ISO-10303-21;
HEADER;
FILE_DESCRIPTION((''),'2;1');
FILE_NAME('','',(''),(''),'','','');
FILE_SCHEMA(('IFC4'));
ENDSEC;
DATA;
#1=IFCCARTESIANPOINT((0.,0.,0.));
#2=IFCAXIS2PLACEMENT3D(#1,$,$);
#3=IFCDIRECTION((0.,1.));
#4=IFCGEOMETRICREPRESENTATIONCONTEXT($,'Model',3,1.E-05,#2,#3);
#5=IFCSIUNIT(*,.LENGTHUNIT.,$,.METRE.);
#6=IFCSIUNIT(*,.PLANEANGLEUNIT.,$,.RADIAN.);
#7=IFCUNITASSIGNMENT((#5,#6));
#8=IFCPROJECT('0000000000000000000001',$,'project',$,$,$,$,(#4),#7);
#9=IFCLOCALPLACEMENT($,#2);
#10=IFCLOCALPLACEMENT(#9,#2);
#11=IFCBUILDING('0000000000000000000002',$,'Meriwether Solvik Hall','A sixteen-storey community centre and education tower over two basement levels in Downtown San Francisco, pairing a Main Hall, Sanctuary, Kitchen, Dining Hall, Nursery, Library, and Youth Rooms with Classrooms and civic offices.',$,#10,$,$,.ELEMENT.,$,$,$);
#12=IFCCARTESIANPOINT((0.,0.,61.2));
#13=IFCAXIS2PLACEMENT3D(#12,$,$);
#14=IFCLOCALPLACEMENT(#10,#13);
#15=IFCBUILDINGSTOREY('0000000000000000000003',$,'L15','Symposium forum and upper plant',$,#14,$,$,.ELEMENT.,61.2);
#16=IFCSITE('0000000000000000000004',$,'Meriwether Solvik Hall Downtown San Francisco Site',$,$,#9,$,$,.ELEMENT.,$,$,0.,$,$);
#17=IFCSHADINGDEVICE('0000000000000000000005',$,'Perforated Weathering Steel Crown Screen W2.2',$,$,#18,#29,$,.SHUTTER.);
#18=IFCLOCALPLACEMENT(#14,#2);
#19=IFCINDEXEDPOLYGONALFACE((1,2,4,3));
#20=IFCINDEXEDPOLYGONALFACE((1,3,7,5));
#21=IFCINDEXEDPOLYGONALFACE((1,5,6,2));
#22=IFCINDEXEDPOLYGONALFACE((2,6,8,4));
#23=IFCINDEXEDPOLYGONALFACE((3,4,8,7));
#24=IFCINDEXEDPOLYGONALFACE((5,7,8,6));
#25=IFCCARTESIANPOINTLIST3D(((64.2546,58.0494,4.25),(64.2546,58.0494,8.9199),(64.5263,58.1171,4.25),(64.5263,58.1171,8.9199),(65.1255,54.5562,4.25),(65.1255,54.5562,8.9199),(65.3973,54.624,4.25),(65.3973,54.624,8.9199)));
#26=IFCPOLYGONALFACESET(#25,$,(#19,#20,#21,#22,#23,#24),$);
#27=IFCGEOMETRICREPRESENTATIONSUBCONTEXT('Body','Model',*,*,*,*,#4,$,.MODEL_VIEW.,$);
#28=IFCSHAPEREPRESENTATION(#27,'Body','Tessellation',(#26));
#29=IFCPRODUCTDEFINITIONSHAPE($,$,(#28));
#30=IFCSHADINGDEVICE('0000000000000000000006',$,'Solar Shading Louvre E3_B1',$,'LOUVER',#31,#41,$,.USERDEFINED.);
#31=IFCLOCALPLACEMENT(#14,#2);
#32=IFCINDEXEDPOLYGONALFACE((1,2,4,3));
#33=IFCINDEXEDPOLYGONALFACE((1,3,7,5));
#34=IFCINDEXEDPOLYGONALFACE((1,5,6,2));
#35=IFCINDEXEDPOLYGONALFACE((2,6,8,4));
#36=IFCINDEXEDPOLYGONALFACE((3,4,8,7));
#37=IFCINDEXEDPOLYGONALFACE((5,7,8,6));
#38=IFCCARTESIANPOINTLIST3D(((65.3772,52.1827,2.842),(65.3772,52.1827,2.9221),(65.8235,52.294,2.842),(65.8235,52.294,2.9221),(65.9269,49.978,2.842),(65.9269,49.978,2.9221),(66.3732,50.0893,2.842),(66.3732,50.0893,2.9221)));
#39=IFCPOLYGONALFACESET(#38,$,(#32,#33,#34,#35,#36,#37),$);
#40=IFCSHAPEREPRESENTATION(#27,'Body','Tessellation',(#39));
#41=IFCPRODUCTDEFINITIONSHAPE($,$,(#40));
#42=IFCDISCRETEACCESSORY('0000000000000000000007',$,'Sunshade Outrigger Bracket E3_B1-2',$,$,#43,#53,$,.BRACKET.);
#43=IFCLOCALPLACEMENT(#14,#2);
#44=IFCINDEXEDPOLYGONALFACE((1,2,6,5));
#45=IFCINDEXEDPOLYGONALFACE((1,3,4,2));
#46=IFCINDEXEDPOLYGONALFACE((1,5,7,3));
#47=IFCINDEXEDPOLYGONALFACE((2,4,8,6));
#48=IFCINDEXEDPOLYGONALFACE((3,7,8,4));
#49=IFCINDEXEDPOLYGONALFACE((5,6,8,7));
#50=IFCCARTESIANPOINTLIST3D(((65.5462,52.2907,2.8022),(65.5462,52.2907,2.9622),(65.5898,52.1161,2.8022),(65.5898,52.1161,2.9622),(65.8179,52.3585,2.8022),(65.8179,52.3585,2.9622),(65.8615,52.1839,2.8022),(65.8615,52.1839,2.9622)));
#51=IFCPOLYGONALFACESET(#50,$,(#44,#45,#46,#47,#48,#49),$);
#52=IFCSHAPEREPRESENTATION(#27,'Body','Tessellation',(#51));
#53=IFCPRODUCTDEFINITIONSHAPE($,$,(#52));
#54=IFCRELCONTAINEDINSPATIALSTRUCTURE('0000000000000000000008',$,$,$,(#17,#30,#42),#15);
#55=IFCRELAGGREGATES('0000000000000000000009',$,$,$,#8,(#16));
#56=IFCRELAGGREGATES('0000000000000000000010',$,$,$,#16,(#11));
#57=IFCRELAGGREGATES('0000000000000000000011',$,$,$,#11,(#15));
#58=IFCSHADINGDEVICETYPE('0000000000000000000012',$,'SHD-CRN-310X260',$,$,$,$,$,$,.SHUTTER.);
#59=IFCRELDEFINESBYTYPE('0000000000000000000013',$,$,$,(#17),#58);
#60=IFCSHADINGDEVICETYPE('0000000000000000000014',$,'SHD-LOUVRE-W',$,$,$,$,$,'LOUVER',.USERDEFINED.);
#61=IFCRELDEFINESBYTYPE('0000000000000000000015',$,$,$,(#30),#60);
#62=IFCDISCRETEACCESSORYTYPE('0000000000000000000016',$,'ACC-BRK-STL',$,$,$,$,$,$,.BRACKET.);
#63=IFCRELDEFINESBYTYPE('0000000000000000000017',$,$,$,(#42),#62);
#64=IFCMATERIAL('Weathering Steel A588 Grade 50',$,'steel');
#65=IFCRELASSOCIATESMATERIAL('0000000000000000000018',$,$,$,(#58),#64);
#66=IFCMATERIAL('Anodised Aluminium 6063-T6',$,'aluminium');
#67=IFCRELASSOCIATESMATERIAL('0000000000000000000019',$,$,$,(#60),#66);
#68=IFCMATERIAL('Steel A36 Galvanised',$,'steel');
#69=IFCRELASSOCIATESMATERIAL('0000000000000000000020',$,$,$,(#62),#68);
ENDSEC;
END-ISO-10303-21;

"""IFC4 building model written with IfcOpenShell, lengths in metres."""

from ifc_helpers import new_model, si_unit, direction, frame, origin, origin_2d, place, context, subcontext, project, spatial, rectangle, extrude, material, type_object, element, save


model = new_model("IFC4")

# Units and contexts
model_context = context("Model", 3, precision=1e-05, world=origin(), true_north=direction((0.0, 1.0)))
body_context = subcontext(model_context, "Body", "Model", "MODEL_VIEW")
ifc_project = project(units=[si_unit("LENGTHUNIT", "METRE"), si_unit("PLANEANGLEUNIT", "RADIAN")], contexts=[model_context])

# Site, building, storey
site_placement = place(None, origin())
site = spatial("IfcSite", under=ifc_project, at=site_placement, Name="Meriwether Solvik Hall Downtown San Francisco Site", CompositionType="ELEMENT", RefElevation=0.0)
building_placement = place(site_placement, origin())
building = spatial("IfcBuilding", under=site, at=building_placement, Name="Meriwether Solvik Hall", Description="A sixteen-storey community centre and education tower over two basement levels in Downtown San Francisco, pairing a Main Hall, Sanctuary, Kitchen, Dining Hall, Nursery, Library, and Youth Rooms with Classrooms and civic offices.", CompositionType="ELEMENT")
storey_placement = place(building_placement, frame((0.0, 0.0, 61.2)))
storey = spatial("IfcBuildingStorey", under=building, at=storey_placement, Name="L15", Description="Symposium forum and upper plant", CompositionType="ELEMENT", Elevation=61.2)

# Shading devices
ifc_material_1 = material(Name="Weathering Steel A588 Grade 50", Category="steel")
shading_device_type_1 = type_object("IfcShadingDeviceType", Name="SHD-CRN-310X260", PredefinedType="SHUTTER", material=ifc_material_1)
shading_device_1_placement = place(storey_placement, frame((64.8259, 56.3367, 4.25), z_axis=(0.0, 0.0, 1.0), x_axis=(0.241922, -0.970296, 0.0)))
element("IfcShadingDevice", 1, at=shading_device_1_placement, inside=storey, type_object=shading_device_type_1, Name="Perforated Weathering Steel Crown Screen W2.2", PredefinedType="SHUTTER", context=body_context, shape_type="SweptSolid", body=[
    extrude(rectangle(XDim=3.6001, YDim=0.28, at=origin_2d()), origin(), (0.0, 0.0, 1.0), 4.6699),
])
ifc_material_2 = material(Name="Anodised Aluminium 6063-T6", Category="aluminium")
shading_device_type_2 = type_object("IfcShadingDeviceType", Name="SHD-LOUVRE-W", ElementType="LOUVER", PredefinedType="USERDEFINED", material=ifc_material_2)
shading_device_2_placement = place(storey_placement, frame((65.8752, 51.136, 2.842), z_axis=(0.0, 0.0, 1.0), x_axis=(-0.241922, 0.970296, 0.0)))
element("IfcShadingDevice", 2, at=shading_device_2_placement, inside=storey, type_object=shading_device_type_2, Name="Solar Shading Louvre E3_B1", ObjectType="LOUVER", PredefinedType="USERDEFINED", context=body_context, shape_type="SweptSolid", body=[
    extrude(rectangle(XDim=2.2722, YDim=0.46, at=origin_2d()), origin(), (0.0, 0.0, 1.0), 0.0801),
])

# Discrete accessory
ifc_material_3 = material(Name="Steel A36 Galvanised", Category="steel")
discrete_accessory_type = type_object("IfcDiscreteAccessoryType", Name="ACC-BRK-STL", PredefinedType="BRACKET", material=ifc_material_3)
discrete_accessory_placement = place(storey_placement, frame((65.7039, 52.2373, 2.8022), z_axis=(0.0, 0.0, 1.0), x_axis=(-0.241922, 0.970296, 0.0)))
element("IfcDiscreteAccessory", 3, at=discrete_accessory_placement, inside=storey, type_object=discrete_accessory_type, Name="Sunshade Outrigger Bracket E3_B1-2", PredefinedType="BRACKET", context=body_context, shape_type="SweptSolid", body=[
    extrude(rectangle(XDim=0.1799, YDim=0.28, at=origin_2d()), origin(), (0.0, 0.0, 1.0), 0.1599),
])

save(model, "model.ifc")
